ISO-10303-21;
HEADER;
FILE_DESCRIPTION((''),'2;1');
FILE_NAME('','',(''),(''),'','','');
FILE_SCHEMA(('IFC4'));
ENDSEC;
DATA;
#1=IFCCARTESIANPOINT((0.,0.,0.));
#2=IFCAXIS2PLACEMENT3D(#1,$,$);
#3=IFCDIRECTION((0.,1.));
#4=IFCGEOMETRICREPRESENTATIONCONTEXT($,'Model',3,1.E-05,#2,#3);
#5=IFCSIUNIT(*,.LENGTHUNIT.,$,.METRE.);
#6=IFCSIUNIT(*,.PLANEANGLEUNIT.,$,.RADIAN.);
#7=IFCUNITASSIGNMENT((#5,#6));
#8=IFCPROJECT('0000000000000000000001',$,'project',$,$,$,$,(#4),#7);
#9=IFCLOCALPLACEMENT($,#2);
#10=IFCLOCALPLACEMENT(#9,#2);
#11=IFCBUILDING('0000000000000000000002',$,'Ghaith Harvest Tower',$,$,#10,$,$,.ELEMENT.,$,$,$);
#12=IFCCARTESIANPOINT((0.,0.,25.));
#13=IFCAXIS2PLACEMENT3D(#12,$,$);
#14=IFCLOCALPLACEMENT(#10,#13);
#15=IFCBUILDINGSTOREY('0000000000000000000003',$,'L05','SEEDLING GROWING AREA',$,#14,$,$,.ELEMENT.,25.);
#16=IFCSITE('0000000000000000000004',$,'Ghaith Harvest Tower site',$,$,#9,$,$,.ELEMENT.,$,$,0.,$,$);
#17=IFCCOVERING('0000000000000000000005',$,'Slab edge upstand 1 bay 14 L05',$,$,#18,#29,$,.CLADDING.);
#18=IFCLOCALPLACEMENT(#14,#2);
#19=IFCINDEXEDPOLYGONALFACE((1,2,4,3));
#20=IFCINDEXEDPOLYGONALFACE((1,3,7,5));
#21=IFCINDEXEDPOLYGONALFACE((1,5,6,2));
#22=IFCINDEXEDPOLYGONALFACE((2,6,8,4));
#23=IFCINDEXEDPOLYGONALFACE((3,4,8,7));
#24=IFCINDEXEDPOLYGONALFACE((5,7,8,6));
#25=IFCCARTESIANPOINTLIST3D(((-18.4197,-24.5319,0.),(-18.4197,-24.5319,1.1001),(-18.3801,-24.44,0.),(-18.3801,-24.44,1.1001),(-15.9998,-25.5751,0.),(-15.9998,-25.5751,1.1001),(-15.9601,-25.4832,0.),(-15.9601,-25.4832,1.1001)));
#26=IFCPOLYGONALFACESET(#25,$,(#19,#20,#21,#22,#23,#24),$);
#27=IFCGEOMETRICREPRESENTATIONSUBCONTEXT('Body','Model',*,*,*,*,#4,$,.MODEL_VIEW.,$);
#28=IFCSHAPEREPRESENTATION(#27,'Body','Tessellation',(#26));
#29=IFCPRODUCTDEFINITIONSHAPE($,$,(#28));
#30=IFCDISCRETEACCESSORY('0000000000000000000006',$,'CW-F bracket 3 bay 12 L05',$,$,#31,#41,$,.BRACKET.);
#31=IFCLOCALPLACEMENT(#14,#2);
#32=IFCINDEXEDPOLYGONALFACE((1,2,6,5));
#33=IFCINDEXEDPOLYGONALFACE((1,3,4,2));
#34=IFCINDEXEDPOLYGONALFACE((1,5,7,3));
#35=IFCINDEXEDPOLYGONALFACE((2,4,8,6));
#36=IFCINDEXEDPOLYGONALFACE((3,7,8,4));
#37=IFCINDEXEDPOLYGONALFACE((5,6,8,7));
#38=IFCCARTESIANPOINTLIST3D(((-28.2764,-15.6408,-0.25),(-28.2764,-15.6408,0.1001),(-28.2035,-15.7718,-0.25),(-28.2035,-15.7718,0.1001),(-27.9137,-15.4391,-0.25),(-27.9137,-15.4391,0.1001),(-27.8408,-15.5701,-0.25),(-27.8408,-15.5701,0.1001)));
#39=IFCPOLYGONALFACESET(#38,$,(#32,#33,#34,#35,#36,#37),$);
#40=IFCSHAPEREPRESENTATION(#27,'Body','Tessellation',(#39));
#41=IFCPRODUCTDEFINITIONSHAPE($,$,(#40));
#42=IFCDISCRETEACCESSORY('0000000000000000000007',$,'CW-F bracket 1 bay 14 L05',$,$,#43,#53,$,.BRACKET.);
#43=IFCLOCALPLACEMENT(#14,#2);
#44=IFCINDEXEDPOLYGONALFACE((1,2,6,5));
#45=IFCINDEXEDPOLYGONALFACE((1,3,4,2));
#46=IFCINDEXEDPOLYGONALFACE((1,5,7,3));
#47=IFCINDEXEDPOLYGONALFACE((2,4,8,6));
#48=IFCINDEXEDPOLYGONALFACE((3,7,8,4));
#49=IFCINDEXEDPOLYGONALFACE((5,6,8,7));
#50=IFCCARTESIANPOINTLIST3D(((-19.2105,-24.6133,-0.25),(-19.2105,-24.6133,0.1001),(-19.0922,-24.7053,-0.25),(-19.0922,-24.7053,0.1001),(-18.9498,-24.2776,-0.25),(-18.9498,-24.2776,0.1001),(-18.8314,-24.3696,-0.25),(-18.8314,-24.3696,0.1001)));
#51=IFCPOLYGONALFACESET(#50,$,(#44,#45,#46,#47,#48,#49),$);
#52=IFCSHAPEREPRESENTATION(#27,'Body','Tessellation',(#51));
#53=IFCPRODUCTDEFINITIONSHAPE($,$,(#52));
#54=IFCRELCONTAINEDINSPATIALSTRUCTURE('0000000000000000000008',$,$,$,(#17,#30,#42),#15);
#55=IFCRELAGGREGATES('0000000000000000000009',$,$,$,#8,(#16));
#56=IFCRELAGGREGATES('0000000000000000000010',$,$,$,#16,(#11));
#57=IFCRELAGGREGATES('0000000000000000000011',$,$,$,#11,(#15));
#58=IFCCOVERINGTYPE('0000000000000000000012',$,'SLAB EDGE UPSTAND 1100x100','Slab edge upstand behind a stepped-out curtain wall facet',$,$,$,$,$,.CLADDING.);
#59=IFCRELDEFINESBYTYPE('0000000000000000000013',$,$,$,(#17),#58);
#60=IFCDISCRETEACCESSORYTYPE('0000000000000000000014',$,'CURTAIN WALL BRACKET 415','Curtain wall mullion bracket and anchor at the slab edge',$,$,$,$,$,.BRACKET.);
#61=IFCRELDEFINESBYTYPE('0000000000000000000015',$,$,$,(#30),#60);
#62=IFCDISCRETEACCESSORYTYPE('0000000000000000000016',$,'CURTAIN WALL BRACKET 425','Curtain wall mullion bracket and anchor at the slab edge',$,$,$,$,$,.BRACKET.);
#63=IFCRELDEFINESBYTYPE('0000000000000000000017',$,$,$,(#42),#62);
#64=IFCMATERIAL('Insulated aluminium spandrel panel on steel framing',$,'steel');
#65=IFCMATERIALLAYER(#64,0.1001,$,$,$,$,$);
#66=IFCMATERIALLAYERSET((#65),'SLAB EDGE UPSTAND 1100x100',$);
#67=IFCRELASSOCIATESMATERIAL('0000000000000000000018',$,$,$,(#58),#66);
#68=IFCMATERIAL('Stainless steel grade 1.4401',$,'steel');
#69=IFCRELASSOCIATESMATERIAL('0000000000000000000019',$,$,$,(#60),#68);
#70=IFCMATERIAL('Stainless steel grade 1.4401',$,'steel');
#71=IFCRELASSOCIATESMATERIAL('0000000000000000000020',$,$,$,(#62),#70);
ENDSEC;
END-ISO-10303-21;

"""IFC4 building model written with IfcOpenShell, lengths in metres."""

from ifc_helpers import new_model, si_unit, direction, frame, origin, origin_2d, place, context, subcontext, project, spatial, rectangle, extrude, material, layer, layer_set, type_object, element, save


model = new_model("IFC4")

# Units and contexts
model_context = context("Model", 3, precision=1e-05, world=origin(), true_north=direction((0.0, 1.0)))
body_context = subcontext(model_context, "Body", "Model", "MODEL_VIEW")
ifc_project = project(units=[si_unit("LENGTHUNIT", "METRE"), si_unit("PLANEANGLEUNIT", "RADIAN")], contexts=[model_context])

# Site, building, storey
site_placement = place(None, origin())
site = spatial("IfcSite", under=ifc_project, at=site_placement, Name="Ghaith Harvest Tower site", CompositionType="ELEMENT", RefElevation=0.0)
building_placement = place(site_placement, origin())
building = spatial("IfcBuilding", under=site, at=building_placement, Name="Ghaith Harvest Tower", CompositionType="ELEMENT")
storey_placement = place(building_placement, frame((0.0, 0.0, 25.0)))
storey = spatial("IfcBuildingStorey", under=building, at=storey_placement, Name="L05", Description="SEEDLING GROWING AREA", CompositionType="ELEMENT", Elevation=25.0)

# Covering
ifc_material_1 = material(Name="Insulated aluminium spandrel panel on steel framing", Category="steel")
ifc_layer_1 = layer(ifc_material_1, 0.1001)
ifc_layer_set_1 = layer_set([ifc_layer_1], Name="SLAB EDGE UPSTAND 1100x100")
covering_type = type_object("IfcCoveringType", Name="SLAB EDGE UPSTAND 1100x100", Description="Slab edge upstand behind a stepped-out curtain wall facet", PredefinedType="CLADDING", material=ifc_layer_set_1)
covering_1_placement = place(storey_placement, frame((-17.1899, -25.0076, 0.0), z_axis=(0.0, 0.0, 1.0), x_axis=(0.918307, -0.395869, 0.0)))
element("IfcCovering", 1, at=covering_1_placement, inside=storey, type_object=covering_type, Name="Slab edge upstand 1 bay 14 L05", PredefinedType="CLADDING", context=body_context, shape_type="SweptSolid", body=[
    extrude(rectangle(XDim=2.6353, YDim=0.1001, at=origin_2d()), origin(), (0.0, 0.0, 1.0), 1.1001),
])

# Discrete accessories
ifc_material_2 = material(Name="Stainless steel grade 1.4401", Category="steel")
discrete_accessory_type_1 = type_object("IfcDiscreteAccessoryType", Name="CURTAIN WALL BRACKET 415", Description="Curtain wall mullion bracket and anchor at the slab edge", PredefinedType="BRACKET", material=ifc_material_2)
discrete_accessory_1_placement = place(storey_placement, frame((-28.0586, -15.6055, -0.25), z_axis=(0.0, 0.0, 1.0), x_axis=(-0.873927, -0.486057, 0.0)))
element("IfcDiscreteAccessory", 2, at=discrete_accessory_1_placement, inside=storey, type_object=discrete_accessory_type_1, Name="CW-F bracket 3 bay 12 L05", PredefinedType="BRACKET", context=body_context, shape_type="SweptSolid", body=[
    extrude(rectangle(XDim=0.415, YDim=0.1499, at=origin_2d()), origin(), (0.0, 0.0, 1.0), 0.3501),
])
ifc_material_3 = material(Name="Stainless steel grade 1.4401", Category="steel")
discrete_accessory_type_2 = type_object("IfcDiscreteAccessoryType", Name="CURTAIN WALL BRACKET 425", Description="Curtain wall mullion bracket and anchor at the slab edge", PredefinedType="BRACKET", material=ifc_material_3)
discrete_accessory_2_placement = place(storey_placement, frame((-19.021, -24.4915, -0.25), z_axis=(0.0, 0.0, 1.0), x_axis=(-0.613378, -0.78979, 0.0)))
element("IfcDiscreteAccessory", 3, at=discrete_accessory_2_placement, inside=storey, type_object=discrete_accessory_type_2, Name="CW-F bracket 1 bay 14 L05", PredefinedType="BRACKET", context=body_context, shape_type="SweptSolid", body=[
    extrude(rectangle(XDim=0.425, YDim=0.1499, at=origin_2d()), origin(), (0.0, 0.0, 1.0), 0.3501),
])

save(model, "model.ifc")
